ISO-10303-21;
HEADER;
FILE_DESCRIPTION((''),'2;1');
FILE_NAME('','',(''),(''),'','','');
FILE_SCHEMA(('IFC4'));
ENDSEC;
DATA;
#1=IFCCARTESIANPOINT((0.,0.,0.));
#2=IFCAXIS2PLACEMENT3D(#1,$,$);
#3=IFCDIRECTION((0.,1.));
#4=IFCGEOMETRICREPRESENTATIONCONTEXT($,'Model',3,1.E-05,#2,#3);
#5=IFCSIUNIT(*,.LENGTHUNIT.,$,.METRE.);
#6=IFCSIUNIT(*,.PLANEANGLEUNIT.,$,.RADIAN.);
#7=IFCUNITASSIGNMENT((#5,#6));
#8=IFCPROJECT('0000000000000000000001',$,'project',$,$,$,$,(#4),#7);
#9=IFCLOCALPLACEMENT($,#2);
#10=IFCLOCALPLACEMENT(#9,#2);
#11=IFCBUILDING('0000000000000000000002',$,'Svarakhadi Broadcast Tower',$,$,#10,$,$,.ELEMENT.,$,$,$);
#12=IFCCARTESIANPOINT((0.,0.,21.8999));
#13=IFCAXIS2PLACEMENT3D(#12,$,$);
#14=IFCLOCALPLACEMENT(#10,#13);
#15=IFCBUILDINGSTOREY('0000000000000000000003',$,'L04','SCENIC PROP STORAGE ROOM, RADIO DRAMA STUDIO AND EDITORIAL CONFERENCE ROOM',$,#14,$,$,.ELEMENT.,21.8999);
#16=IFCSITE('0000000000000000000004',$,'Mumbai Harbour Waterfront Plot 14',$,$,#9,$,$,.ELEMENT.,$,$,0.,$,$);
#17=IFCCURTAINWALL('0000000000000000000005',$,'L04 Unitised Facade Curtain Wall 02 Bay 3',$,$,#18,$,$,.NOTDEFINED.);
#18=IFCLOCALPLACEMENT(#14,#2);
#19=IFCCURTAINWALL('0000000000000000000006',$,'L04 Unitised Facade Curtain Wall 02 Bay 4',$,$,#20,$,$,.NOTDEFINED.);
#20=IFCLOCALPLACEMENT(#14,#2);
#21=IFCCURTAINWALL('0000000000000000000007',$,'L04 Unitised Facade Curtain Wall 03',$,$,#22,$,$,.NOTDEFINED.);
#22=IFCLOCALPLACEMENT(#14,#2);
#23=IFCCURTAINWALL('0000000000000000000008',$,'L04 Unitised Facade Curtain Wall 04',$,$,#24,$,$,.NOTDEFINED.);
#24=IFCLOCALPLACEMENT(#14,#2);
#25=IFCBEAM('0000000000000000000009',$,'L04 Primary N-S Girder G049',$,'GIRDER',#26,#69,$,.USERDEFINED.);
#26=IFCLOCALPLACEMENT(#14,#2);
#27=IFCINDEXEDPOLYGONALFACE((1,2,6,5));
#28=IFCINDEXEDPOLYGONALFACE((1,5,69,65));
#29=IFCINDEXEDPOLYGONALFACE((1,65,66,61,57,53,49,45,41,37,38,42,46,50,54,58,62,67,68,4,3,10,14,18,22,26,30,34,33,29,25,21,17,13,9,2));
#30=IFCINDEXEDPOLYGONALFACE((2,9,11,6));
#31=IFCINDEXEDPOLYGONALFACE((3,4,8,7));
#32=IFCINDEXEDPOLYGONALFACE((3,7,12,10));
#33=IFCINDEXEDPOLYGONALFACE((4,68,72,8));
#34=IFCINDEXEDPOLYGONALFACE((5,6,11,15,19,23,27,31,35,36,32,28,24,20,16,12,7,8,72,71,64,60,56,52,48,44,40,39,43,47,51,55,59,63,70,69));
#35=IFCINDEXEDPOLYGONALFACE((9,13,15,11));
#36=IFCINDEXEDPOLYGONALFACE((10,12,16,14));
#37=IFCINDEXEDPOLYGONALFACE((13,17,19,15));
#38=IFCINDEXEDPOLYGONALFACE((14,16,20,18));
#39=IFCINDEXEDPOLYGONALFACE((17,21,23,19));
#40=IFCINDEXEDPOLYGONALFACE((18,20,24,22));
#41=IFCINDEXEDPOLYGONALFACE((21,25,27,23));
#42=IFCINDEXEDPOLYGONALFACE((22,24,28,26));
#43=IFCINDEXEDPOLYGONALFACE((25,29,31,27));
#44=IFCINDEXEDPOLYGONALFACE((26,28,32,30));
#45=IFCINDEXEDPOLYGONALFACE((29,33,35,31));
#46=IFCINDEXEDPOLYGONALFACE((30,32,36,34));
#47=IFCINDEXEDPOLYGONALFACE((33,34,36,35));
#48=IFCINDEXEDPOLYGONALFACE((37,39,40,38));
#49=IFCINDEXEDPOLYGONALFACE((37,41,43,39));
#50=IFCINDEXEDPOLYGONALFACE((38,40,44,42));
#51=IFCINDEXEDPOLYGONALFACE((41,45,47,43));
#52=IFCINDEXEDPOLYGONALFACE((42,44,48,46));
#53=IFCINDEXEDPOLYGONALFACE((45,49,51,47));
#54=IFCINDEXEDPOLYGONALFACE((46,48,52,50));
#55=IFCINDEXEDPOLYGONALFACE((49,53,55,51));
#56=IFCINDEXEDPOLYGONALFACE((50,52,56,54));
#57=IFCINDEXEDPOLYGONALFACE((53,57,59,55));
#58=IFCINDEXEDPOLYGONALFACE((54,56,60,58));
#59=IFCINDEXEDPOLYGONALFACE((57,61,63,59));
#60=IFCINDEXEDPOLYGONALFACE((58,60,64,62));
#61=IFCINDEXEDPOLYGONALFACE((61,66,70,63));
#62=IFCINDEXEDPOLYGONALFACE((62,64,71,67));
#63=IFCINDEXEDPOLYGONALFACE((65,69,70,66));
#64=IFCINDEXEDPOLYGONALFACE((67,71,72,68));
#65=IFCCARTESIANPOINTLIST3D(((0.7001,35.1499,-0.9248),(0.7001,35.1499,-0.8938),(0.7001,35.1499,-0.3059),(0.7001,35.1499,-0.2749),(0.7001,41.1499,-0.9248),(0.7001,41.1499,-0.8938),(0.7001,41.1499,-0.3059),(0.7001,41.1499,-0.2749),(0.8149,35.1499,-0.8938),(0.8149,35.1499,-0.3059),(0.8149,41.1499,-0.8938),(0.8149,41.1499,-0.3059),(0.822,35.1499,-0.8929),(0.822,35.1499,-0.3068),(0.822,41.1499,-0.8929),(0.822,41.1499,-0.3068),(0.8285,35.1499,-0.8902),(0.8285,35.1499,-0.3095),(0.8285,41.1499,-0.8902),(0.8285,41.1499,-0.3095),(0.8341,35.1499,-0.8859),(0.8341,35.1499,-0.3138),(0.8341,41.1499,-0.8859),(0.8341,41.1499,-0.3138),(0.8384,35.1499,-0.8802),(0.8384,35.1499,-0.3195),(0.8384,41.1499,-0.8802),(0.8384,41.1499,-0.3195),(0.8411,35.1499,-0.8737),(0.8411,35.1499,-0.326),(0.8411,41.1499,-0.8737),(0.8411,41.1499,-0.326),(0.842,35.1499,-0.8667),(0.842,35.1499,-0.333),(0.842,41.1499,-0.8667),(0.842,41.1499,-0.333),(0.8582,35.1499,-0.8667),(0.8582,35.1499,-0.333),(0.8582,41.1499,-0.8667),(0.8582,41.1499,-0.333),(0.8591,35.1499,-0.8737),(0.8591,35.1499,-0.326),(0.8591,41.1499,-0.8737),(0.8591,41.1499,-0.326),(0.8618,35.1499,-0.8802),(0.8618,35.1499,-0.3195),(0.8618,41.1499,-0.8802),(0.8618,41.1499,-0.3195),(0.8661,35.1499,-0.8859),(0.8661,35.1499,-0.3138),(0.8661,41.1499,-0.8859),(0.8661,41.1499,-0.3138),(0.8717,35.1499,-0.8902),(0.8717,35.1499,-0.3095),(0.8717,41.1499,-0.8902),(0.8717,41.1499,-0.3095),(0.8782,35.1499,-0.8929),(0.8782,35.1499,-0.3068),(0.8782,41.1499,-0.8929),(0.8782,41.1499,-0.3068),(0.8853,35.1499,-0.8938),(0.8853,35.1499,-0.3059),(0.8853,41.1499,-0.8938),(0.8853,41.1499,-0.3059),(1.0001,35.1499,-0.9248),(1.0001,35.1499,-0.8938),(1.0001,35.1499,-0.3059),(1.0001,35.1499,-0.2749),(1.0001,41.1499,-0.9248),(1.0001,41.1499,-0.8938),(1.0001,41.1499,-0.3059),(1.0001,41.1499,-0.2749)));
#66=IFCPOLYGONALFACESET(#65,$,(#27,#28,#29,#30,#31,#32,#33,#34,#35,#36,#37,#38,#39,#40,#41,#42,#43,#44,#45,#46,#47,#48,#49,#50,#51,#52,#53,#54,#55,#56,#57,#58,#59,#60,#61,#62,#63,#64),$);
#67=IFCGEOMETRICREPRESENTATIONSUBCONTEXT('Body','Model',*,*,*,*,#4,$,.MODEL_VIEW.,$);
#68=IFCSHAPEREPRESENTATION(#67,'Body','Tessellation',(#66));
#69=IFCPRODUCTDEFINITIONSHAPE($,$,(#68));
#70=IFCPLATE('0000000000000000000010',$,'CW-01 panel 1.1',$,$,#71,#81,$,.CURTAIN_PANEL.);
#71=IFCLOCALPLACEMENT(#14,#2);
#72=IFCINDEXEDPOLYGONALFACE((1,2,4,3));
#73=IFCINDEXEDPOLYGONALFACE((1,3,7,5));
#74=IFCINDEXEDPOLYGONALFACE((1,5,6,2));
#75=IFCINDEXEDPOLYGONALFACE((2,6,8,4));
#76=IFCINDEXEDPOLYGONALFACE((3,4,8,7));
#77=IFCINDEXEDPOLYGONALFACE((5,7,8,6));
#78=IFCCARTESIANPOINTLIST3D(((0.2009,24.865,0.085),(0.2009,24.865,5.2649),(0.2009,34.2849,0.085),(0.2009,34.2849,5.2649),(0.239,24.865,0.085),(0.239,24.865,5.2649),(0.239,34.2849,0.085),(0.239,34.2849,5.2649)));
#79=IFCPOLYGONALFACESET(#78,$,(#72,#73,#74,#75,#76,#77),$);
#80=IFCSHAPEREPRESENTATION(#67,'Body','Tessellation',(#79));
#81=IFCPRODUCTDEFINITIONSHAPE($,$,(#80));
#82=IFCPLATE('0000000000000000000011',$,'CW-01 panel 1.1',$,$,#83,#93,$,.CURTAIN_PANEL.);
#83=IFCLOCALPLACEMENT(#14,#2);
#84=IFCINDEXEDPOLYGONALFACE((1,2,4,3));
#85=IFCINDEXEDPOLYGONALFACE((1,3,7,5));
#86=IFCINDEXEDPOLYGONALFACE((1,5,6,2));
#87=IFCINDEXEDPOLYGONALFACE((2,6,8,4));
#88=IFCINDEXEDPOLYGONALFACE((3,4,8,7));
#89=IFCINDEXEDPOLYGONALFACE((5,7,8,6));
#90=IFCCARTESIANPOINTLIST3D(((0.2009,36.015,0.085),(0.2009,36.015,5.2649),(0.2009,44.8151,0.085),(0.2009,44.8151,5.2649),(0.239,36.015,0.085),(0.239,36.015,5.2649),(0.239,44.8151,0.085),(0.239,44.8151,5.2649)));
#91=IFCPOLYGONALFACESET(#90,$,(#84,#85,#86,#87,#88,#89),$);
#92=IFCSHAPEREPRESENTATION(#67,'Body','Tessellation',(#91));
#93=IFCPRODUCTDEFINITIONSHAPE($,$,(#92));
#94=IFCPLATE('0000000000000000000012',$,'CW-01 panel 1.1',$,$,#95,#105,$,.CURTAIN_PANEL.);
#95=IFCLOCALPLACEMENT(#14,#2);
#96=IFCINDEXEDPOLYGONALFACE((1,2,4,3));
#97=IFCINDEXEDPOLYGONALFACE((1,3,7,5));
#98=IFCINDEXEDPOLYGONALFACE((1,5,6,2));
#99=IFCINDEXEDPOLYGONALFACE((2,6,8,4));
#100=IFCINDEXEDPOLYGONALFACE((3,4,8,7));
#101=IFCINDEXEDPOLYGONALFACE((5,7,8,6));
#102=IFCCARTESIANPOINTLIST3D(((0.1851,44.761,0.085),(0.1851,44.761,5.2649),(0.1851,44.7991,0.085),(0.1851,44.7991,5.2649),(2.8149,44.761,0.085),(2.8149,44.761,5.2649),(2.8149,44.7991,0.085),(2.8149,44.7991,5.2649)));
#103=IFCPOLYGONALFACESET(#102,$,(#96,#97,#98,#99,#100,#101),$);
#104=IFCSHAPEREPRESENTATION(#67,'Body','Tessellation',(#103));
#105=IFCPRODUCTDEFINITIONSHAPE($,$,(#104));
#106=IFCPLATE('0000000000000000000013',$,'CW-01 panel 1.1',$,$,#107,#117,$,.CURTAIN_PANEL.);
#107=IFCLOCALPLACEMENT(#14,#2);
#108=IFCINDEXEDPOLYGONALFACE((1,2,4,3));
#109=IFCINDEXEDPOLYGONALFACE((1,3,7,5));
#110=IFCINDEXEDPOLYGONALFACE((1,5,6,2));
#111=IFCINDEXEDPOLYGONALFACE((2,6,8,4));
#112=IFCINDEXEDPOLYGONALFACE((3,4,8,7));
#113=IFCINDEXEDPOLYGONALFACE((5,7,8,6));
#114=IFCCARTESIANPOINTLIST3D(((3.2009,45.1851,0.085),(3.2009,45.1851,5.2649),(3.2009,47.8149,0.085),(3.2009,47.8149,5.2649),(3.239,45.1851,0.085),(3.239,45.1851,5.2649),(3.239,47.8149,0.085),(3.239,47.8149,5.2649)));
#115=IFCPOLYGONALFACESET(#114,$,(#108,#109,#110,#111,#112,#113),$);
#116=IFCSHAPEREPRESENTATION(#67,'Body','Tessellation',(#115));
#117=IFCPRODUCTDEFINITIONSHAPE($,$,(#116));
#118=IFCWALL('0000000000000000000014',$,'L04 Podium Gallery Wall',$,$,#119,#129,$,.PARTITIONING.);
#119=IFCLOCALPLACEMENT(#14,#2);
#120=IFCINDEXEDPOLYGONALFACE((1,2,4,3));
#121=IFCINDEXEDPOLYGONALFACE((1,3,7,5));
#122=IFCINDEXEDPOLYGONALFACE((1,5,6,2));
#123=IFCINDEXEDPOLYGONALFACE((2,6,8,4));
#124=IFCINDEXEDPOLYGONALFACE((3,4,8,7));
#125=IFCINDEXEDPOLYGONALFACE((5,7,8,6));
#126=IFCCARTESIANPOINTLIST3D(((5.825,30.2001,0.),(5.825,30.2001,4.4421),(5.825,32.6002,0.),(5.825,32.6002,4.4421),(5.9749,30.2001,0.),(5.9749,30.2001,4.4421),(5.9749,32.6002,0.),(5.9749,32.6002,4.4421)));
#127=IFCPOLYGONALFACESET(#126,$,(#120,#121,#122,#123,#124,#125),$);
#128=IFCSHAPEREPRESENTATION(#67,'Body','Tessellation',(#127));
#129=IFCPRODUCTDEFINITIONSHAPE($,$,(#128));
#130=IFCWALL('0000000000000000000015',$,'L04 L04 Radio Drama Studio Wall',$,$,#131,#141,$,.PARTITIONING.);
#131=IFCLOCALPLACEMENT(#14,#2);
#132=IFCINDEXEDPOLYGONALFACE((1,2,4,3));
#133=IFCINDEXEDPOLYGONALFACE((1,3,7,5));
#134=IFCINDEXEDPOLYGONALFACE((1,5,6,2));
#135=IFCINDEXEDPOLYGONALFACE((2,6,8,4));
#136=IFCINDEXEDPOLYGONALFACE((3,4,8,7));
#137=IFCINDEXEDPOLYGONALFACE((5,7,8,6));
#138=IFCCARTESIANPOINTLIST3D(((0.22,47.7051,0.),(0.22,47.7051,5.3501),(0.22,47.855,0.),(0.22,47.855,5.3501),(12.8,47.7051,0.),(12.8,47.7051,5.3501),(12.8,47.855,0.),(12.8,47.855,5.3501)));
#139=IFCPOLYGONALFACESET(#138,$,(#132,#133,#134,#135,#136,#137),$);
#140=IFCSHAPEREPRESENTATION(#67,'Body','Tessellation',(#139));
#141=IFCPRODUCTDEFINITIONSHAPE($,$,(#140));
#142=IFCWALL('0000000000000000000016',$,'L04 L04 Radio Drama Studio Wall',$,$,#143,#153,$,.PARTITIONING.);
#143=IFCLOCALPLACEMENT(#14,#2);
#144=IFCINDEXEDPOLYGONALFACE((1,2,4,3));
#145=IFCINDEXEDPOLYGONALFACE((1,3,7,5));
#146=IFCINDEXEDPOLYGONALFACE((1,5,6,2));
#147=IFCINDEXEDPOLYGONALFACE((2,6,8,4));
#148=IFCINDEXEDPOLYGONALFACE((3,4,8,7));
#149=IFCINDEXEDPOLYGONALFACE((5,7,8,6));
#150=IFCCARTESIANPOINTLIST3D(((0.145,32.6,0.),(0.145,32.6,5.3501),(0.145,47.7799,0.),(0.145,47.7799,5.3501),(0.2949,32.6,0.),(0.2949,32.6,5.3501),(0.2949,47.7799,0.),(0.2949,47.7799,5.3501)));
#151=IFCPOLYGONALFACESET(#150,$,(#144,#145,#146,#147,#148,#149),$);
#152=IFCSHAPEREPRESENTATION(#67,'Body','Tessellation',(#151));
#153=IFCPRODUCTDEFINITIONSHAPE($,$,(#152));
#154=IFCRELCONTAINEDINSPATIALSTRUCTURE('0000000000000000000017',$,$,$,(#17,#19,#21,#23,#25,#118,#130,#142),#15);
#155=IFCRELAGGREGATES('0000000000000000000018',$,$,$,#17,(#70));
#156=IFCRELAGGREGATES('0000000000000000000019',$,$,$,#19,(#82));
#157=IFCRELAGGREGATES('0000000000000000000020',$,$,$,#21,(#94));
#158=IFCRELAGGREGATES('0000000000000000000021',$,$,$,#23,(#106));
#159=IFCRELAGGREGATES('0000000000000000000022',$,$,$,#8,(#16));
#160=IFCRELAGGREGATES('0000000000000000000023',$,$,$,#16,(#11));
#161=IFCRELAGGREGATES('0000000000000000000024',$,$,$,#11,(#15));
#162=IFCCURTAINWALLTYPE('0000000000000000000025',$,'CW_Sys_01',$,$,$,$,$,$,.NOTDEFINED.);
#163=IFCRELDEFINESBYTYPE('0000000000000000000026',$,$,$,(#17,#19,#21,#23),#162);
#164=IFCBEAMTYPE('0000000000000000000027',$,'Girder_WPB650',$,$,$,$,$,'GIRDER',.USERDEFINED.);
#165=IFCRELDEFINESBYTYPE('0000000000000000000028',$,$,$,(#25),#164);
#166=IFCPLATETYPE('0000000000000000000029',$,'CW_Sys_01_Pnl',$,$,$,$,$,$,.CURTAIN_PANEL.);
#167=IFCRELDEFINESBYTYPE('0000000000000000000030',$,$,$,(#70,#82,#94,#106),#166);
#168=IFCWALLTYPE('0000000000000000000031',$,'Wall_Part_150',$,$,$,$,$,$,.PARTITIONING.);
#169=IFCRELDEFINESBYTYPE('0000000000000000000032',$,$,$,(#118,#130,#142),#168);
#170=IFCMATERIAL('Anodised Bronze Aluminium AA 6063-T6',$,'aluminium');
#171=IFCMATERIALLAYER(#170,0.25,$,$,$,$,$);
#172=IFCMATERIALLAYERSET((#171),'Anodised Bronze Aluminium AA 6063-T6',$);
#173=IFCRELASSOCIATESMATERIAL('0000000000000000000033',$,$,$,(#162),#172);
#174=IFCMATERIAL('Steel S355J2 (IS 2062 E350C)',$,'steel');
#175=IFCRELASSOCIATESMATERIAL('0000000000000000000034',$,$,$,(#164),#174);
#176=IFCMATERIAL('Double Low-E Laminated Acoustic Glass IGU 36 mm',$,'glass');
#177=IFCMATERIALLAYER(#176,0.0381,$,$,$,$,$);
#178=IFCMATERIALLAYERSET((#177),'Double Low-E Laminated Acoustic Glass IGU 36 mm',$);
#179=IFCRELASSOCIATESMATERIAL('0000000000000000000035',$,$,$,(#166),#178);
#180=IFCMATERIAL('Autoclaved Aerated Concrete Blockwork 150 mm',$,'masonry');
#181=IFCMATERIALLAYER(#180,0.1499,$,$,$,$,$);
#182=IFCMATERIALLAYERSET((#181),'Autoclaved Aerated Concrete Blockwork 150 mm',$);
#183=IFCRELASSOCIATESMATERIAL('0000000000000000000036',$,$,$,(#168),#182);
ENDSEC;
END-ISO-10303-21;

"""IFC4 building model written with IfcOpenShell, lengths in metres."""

from ifc_helpers import new_model, si_unit, direction, frame, frame_2d, origin, origin_2d, place, context, subcontext, project, spatial, rectangle, i_section, extrude, material, layer, layer_set, material_profile, profile_set, type_object, element, aggregate, save


model = new_model("IFC4")

# Units and contexts
model_context = context("Model", 3, precision=1e-05, world=origin(), true_north=direction((0.0, 1.0)))
body_context = subcontext(model_context, "Body", "Model", "MODEL_VIEW")
ifc_project = project(units=[si_unit("LENGTHUNIT", "METRE"), si_unit("PLANEANGLEUNIT", "RADIAN")], contexts=[model_context])

# Site, building, storey
site_placement = place(None, origin())
site = spatial("IfcSite", under=ifc_project, at=site_placement, Name="Mumbai Harbour Waterfront Plot 14", CompositionType="ELEMENT", RefElevation=0.0)
building_placement = place(site_placement, origin())
building = spatial("IfcBuilding", under=site, at=building_placement, Name="Svarakhadi Broadcast Tower", CompositionType="ELEMENT")
storey_placement = place(building_placement, frame((0.0, 0.0, 21.8999)))
storey = spatial("IfcBuildingStorey", under=building, at=storey_placement, Name="L04", Description="SCENIC PROP STORAGE ROOM, RADIO DRAMA STUDIO AND EDITORIAL CONFERENCE ROOM", CompositionType="ELEMENT", Elevation=21.8999)

# Shared definitions
ifc_material_1 = material(Name="Steel S355J2 (IS 2062 E350C)", Category="steel")

# Curtain wall
ifc_material_2 = material(Name="Anodised Bronze Aluminium AA 6063-T6", Category="aluminium")
ifc_layer_1 = layer(ifc_material_2, 0.25)
ifc_layer_set_1 = layer_set([ifc_layer_1], Name="Anodised Bronze Aluminium AA 6063-T6")
curtain_wall_type = type_object("IfcCurtainWallType", Name="CW_Sys_01", PredefinedType="NOTDEFINED", material=ifc_layer_set_1)
curtain_wall_1_placement = place(storey_placement, origin())
curtain_wall_1 = element("IfcCurtainWall", 1, at=curtain_wall_1_placement, inside=storey, type_object=curtain_wall_type, Name="L04 Unitised Facade Curtain Wall 02 Bay 3", PredefinedType="NOTDEFINED")

# Curtain walls
curtain_wall_2_placement = place(storey_placement, origin())
curtain_wall_2 = element("IfcCurtainWall", 2, at=curtain_wall_2_placement, inside=storey, type_object=curtain_wall_type, Name="L04 Unitised Facade Curtain Wall 02 Bay 4", PredefinedType="NOTDEFINED")
curtain_wall_3_placement = place(storey_placement, origin())
curtain_wall_3 = element("IfcCurtainWall", 3, at=curtain_wall_3_placement, inside=storey, type_object=curtain_wall_type, Name="L04 Unitised Facade Curtain Wall 03", PredefinedType="NOTDEFINED")
curtain_wall_4_placement = place(storey_placement, origin())
curtain_wall_4 = element("IfcCurtainWall", 4, at=curtain_wall_4_placement, inside=storey, type_object=curtain_wall_type, Name="L04 Unitised Facade Curtain Wall 04", PredefinedType="NOTDEFINED")

# Beam
ifc_material_profile_1 = material_profile(ifc_material_1, i_section(OverallWidth=0.3, OverallDepth=0.6499, WebThickness=0.0161, FlangeThickness=0.031, FilletRadius=0.0271, at=origin_2d()), Name="WPB 650x300x225")
ifc_profile_set_1 = profile_set([ifc_material_profile_1], Name="Steel S355J2 (IS 2062 E350C)")
beam_type_1 = type_object("IfcBeamType", Name="Girder_WPB650", ElementType="GIRDER", PredefinedType="USERDEFINED", material=ifc_profile_set_1)
beam_placement = place(storey_placement, frame((0.8501, 35.1499, -0.5999), z_axis=(0.0, 1.0, 0.0), x_axis=(-1.0, 0.0, 0.0)))
element("IfcBeam", 5, at=beam_placement, inside=storey, type_object=beam_type_1, Name="L04 Primary N-S Girder G049", ObjectType="GIRDER", PredefinedType="USERDEFINED", context=body_context, shape_type="SweptSolid", body=[
    extrude(i_section(OverallWidth=0.3, OverallDepth=0.6499, WebThickness=0.0161, FlangeThickness=0.031, FilletRadius=0.0271, at=origin_2d()), origin(), (0.0, 0.0, 1.0), 6.0),
])

# Plates
ifc_material_3 = material(Name="Double Low-E Laminated Acoustic Glass IGU 36 mm", Category="glass")
ifc_layer_2 = layer(ifc_material_3, 0.0381)
ifc_layer_set_2 = layer_set([ifc_layer_2], Name="Double Low-E Laminated Acoustic Glass IGU 36 mm")
plate_type = type_object("IfcPlateType", Name="CW_Sys_01_Pnl", PredefinedType="CURTAIN_PANEL", material=ifc_layer_set_2)
plate_1_placement = place(storey_placement, frame((0.22, 29.575, 0.085), z_axis=(0.0, 0.0, 1.0), x_axis=(0.0, 1.0, 0.0)))
plate_1 = element("IfcPlate", 6, at=plate_1_placement, type_object=plate_type, Name="CW-01 panel 1.1", PredefinedType="CURTAIN_PANEL", context=body_context, shape_type="SweptSolid", body=[
    extrude(rectangle(XDim=9.4199, YDim=0.0381, at=origin_2d()), origin(), (0.0, 0.0, 1.0), 5.1799),
])
aggregate(curtain_wall_1, [plate_1])
plate_2_placement = place(storey_placement, frame((0.22, 40.415, 0.085), z_axis=(0.0, 0.0, 1.0), x_axis=(0.0, 1.0, 0.0)))
plate_2 = element("IfcPlate", 7, at=plate_2_placement, type_object=plate_type, Name="CW-01 panel 1.1", PredefinedType="CURTAIN_PANEL", context=body_context, shape_type="SweptSolid", body=[
    extrude(rectangle(XDim=8.8, YDim=0.0381, at=origin_2d()), origin(), (0.0, 0.0, 1.0), 5.1799),
])
aggregate(curtain_wall_2, [plate_2])
plate_3_placement = place(storey_placement, frame((1.5, 44.78, 0.085), z_axis=(0.0, 0.0, 1.0), x_axis=(1.0, 0.0, 0.0)))
plate_3 = element("IfcPlate", 8, at=plate_3_placement, type_object=plate_type, Name="CW-01 panel 1.1", PredefinedType="CURTAIN_PANEL", context=body_context, shape_type="SweptSolid", body=[
    extrude(rectangle(XDim=2.6299, YDim=0.0381, at=origin_2d()), origin(), (0.0, 0.0, 1.0), 5.1799),
])
aggregate(curtain_wall_3, [plate_3])
plate_4_placement = place(storey_placement, frame((3.22, 46.5, 0.085), z_axis=(0.0, 0.0, 1.0), x_axis=(0.0, 1.0, 0.0)))
plate_4 = element("IfcPlate", 9, at=plate_4_placement, type_object=plate_type, Name="CW-01 panel 1.1", PredefinedType="CURTAIN_PANEL", context=body_context, shape_type="SweptSolid", body=[
    extrude(rectangle(XDim=2.6299, YDim=0.0381, at=origin_2d()), origin(), (0.0, 0.0, 1.0), 5.1799),
])
aggregate(curtain_wall_4, [plate_4])

# Walls
ifc_material_4 = material(Name="Autoclaved Aerated Concrete Blockwork 150 mm", Category="masonry")
ifc_layer_3 = layer(ifc_material_4, 0.1499)
ifc_layer_set_3 = layer_set([ifc_layer_3], Name="Autoclaved Aerated Concrete Blockwork 150 mm")
wall_type = type_object("IfcWallType", Name="Wall_Part_150", PredefinedType="PARTITIONING", material=ifc_layer_set_3)
wall_1_placement = place(storey_placement, frame((5.8999, 30.2, 0.0), z_axis=(0.0, 0.0, 1.0), x_axis=(0.0, 1.0, 0.0)))
element("IfcWall", 10, at=wall_1_placement, inside=storey, type_object=wall_type, Name="L04 Podium Gallery Wall", PredefinedType="PARTITIONING", context=body_context, shape_type="SweptSolid", body=[
    extrude(rectangle(XDim=2.4001, YDim=0.1499, at=frame_2d((1.2002, 0.0))), origin(), (0.0, 0.0, 1.0), 4.4421),
])
wall_2_placement = place(storey_placement, frame((0.22, 47.78, 0.0), z_axis=(0.0, 0.0, 1.0), x_axis=(1.0, 0.0, 0.0)))
element("IfcWall", 11, at=wall_2_placement, inside=storey, type_object=wall_type, Name="L04 L04 Radio Drama Studio Wall", PredefinedType="PARTITIONING", context=body_context, shape_type="SweptSolid", body=[
    extrude(rectangle(XDim=12.5801, YDim=0.1499, at=frame_2d((6.29, 0.0))), origin(), (0.0, 0.0, 1.0), 5.3501),
])
wall_3_placement = place(storey_placement, frame((0.22, 32.6001, 0.0), z_axis=(0.0, 0.0, 1.0), x_axis=(0.0, 1.0, 0.0)))
element("IfcWall", 12, at=wall_3_placement, inside=storey, type_object=wall_type, Name="L04 L04 Radio Drama Studio Wall", PredefinedType="PARTITIONING", context=body_context, shape_type="SweptSolid", body=[
    extrude(rectangle(XDim=15.1799, YDim=0.1499, at=frame_2d((7.5898, 0.0))), origin(), (0.0, 0.0, 1.0), 5.3501),
])

save(model, "model.ifc")
